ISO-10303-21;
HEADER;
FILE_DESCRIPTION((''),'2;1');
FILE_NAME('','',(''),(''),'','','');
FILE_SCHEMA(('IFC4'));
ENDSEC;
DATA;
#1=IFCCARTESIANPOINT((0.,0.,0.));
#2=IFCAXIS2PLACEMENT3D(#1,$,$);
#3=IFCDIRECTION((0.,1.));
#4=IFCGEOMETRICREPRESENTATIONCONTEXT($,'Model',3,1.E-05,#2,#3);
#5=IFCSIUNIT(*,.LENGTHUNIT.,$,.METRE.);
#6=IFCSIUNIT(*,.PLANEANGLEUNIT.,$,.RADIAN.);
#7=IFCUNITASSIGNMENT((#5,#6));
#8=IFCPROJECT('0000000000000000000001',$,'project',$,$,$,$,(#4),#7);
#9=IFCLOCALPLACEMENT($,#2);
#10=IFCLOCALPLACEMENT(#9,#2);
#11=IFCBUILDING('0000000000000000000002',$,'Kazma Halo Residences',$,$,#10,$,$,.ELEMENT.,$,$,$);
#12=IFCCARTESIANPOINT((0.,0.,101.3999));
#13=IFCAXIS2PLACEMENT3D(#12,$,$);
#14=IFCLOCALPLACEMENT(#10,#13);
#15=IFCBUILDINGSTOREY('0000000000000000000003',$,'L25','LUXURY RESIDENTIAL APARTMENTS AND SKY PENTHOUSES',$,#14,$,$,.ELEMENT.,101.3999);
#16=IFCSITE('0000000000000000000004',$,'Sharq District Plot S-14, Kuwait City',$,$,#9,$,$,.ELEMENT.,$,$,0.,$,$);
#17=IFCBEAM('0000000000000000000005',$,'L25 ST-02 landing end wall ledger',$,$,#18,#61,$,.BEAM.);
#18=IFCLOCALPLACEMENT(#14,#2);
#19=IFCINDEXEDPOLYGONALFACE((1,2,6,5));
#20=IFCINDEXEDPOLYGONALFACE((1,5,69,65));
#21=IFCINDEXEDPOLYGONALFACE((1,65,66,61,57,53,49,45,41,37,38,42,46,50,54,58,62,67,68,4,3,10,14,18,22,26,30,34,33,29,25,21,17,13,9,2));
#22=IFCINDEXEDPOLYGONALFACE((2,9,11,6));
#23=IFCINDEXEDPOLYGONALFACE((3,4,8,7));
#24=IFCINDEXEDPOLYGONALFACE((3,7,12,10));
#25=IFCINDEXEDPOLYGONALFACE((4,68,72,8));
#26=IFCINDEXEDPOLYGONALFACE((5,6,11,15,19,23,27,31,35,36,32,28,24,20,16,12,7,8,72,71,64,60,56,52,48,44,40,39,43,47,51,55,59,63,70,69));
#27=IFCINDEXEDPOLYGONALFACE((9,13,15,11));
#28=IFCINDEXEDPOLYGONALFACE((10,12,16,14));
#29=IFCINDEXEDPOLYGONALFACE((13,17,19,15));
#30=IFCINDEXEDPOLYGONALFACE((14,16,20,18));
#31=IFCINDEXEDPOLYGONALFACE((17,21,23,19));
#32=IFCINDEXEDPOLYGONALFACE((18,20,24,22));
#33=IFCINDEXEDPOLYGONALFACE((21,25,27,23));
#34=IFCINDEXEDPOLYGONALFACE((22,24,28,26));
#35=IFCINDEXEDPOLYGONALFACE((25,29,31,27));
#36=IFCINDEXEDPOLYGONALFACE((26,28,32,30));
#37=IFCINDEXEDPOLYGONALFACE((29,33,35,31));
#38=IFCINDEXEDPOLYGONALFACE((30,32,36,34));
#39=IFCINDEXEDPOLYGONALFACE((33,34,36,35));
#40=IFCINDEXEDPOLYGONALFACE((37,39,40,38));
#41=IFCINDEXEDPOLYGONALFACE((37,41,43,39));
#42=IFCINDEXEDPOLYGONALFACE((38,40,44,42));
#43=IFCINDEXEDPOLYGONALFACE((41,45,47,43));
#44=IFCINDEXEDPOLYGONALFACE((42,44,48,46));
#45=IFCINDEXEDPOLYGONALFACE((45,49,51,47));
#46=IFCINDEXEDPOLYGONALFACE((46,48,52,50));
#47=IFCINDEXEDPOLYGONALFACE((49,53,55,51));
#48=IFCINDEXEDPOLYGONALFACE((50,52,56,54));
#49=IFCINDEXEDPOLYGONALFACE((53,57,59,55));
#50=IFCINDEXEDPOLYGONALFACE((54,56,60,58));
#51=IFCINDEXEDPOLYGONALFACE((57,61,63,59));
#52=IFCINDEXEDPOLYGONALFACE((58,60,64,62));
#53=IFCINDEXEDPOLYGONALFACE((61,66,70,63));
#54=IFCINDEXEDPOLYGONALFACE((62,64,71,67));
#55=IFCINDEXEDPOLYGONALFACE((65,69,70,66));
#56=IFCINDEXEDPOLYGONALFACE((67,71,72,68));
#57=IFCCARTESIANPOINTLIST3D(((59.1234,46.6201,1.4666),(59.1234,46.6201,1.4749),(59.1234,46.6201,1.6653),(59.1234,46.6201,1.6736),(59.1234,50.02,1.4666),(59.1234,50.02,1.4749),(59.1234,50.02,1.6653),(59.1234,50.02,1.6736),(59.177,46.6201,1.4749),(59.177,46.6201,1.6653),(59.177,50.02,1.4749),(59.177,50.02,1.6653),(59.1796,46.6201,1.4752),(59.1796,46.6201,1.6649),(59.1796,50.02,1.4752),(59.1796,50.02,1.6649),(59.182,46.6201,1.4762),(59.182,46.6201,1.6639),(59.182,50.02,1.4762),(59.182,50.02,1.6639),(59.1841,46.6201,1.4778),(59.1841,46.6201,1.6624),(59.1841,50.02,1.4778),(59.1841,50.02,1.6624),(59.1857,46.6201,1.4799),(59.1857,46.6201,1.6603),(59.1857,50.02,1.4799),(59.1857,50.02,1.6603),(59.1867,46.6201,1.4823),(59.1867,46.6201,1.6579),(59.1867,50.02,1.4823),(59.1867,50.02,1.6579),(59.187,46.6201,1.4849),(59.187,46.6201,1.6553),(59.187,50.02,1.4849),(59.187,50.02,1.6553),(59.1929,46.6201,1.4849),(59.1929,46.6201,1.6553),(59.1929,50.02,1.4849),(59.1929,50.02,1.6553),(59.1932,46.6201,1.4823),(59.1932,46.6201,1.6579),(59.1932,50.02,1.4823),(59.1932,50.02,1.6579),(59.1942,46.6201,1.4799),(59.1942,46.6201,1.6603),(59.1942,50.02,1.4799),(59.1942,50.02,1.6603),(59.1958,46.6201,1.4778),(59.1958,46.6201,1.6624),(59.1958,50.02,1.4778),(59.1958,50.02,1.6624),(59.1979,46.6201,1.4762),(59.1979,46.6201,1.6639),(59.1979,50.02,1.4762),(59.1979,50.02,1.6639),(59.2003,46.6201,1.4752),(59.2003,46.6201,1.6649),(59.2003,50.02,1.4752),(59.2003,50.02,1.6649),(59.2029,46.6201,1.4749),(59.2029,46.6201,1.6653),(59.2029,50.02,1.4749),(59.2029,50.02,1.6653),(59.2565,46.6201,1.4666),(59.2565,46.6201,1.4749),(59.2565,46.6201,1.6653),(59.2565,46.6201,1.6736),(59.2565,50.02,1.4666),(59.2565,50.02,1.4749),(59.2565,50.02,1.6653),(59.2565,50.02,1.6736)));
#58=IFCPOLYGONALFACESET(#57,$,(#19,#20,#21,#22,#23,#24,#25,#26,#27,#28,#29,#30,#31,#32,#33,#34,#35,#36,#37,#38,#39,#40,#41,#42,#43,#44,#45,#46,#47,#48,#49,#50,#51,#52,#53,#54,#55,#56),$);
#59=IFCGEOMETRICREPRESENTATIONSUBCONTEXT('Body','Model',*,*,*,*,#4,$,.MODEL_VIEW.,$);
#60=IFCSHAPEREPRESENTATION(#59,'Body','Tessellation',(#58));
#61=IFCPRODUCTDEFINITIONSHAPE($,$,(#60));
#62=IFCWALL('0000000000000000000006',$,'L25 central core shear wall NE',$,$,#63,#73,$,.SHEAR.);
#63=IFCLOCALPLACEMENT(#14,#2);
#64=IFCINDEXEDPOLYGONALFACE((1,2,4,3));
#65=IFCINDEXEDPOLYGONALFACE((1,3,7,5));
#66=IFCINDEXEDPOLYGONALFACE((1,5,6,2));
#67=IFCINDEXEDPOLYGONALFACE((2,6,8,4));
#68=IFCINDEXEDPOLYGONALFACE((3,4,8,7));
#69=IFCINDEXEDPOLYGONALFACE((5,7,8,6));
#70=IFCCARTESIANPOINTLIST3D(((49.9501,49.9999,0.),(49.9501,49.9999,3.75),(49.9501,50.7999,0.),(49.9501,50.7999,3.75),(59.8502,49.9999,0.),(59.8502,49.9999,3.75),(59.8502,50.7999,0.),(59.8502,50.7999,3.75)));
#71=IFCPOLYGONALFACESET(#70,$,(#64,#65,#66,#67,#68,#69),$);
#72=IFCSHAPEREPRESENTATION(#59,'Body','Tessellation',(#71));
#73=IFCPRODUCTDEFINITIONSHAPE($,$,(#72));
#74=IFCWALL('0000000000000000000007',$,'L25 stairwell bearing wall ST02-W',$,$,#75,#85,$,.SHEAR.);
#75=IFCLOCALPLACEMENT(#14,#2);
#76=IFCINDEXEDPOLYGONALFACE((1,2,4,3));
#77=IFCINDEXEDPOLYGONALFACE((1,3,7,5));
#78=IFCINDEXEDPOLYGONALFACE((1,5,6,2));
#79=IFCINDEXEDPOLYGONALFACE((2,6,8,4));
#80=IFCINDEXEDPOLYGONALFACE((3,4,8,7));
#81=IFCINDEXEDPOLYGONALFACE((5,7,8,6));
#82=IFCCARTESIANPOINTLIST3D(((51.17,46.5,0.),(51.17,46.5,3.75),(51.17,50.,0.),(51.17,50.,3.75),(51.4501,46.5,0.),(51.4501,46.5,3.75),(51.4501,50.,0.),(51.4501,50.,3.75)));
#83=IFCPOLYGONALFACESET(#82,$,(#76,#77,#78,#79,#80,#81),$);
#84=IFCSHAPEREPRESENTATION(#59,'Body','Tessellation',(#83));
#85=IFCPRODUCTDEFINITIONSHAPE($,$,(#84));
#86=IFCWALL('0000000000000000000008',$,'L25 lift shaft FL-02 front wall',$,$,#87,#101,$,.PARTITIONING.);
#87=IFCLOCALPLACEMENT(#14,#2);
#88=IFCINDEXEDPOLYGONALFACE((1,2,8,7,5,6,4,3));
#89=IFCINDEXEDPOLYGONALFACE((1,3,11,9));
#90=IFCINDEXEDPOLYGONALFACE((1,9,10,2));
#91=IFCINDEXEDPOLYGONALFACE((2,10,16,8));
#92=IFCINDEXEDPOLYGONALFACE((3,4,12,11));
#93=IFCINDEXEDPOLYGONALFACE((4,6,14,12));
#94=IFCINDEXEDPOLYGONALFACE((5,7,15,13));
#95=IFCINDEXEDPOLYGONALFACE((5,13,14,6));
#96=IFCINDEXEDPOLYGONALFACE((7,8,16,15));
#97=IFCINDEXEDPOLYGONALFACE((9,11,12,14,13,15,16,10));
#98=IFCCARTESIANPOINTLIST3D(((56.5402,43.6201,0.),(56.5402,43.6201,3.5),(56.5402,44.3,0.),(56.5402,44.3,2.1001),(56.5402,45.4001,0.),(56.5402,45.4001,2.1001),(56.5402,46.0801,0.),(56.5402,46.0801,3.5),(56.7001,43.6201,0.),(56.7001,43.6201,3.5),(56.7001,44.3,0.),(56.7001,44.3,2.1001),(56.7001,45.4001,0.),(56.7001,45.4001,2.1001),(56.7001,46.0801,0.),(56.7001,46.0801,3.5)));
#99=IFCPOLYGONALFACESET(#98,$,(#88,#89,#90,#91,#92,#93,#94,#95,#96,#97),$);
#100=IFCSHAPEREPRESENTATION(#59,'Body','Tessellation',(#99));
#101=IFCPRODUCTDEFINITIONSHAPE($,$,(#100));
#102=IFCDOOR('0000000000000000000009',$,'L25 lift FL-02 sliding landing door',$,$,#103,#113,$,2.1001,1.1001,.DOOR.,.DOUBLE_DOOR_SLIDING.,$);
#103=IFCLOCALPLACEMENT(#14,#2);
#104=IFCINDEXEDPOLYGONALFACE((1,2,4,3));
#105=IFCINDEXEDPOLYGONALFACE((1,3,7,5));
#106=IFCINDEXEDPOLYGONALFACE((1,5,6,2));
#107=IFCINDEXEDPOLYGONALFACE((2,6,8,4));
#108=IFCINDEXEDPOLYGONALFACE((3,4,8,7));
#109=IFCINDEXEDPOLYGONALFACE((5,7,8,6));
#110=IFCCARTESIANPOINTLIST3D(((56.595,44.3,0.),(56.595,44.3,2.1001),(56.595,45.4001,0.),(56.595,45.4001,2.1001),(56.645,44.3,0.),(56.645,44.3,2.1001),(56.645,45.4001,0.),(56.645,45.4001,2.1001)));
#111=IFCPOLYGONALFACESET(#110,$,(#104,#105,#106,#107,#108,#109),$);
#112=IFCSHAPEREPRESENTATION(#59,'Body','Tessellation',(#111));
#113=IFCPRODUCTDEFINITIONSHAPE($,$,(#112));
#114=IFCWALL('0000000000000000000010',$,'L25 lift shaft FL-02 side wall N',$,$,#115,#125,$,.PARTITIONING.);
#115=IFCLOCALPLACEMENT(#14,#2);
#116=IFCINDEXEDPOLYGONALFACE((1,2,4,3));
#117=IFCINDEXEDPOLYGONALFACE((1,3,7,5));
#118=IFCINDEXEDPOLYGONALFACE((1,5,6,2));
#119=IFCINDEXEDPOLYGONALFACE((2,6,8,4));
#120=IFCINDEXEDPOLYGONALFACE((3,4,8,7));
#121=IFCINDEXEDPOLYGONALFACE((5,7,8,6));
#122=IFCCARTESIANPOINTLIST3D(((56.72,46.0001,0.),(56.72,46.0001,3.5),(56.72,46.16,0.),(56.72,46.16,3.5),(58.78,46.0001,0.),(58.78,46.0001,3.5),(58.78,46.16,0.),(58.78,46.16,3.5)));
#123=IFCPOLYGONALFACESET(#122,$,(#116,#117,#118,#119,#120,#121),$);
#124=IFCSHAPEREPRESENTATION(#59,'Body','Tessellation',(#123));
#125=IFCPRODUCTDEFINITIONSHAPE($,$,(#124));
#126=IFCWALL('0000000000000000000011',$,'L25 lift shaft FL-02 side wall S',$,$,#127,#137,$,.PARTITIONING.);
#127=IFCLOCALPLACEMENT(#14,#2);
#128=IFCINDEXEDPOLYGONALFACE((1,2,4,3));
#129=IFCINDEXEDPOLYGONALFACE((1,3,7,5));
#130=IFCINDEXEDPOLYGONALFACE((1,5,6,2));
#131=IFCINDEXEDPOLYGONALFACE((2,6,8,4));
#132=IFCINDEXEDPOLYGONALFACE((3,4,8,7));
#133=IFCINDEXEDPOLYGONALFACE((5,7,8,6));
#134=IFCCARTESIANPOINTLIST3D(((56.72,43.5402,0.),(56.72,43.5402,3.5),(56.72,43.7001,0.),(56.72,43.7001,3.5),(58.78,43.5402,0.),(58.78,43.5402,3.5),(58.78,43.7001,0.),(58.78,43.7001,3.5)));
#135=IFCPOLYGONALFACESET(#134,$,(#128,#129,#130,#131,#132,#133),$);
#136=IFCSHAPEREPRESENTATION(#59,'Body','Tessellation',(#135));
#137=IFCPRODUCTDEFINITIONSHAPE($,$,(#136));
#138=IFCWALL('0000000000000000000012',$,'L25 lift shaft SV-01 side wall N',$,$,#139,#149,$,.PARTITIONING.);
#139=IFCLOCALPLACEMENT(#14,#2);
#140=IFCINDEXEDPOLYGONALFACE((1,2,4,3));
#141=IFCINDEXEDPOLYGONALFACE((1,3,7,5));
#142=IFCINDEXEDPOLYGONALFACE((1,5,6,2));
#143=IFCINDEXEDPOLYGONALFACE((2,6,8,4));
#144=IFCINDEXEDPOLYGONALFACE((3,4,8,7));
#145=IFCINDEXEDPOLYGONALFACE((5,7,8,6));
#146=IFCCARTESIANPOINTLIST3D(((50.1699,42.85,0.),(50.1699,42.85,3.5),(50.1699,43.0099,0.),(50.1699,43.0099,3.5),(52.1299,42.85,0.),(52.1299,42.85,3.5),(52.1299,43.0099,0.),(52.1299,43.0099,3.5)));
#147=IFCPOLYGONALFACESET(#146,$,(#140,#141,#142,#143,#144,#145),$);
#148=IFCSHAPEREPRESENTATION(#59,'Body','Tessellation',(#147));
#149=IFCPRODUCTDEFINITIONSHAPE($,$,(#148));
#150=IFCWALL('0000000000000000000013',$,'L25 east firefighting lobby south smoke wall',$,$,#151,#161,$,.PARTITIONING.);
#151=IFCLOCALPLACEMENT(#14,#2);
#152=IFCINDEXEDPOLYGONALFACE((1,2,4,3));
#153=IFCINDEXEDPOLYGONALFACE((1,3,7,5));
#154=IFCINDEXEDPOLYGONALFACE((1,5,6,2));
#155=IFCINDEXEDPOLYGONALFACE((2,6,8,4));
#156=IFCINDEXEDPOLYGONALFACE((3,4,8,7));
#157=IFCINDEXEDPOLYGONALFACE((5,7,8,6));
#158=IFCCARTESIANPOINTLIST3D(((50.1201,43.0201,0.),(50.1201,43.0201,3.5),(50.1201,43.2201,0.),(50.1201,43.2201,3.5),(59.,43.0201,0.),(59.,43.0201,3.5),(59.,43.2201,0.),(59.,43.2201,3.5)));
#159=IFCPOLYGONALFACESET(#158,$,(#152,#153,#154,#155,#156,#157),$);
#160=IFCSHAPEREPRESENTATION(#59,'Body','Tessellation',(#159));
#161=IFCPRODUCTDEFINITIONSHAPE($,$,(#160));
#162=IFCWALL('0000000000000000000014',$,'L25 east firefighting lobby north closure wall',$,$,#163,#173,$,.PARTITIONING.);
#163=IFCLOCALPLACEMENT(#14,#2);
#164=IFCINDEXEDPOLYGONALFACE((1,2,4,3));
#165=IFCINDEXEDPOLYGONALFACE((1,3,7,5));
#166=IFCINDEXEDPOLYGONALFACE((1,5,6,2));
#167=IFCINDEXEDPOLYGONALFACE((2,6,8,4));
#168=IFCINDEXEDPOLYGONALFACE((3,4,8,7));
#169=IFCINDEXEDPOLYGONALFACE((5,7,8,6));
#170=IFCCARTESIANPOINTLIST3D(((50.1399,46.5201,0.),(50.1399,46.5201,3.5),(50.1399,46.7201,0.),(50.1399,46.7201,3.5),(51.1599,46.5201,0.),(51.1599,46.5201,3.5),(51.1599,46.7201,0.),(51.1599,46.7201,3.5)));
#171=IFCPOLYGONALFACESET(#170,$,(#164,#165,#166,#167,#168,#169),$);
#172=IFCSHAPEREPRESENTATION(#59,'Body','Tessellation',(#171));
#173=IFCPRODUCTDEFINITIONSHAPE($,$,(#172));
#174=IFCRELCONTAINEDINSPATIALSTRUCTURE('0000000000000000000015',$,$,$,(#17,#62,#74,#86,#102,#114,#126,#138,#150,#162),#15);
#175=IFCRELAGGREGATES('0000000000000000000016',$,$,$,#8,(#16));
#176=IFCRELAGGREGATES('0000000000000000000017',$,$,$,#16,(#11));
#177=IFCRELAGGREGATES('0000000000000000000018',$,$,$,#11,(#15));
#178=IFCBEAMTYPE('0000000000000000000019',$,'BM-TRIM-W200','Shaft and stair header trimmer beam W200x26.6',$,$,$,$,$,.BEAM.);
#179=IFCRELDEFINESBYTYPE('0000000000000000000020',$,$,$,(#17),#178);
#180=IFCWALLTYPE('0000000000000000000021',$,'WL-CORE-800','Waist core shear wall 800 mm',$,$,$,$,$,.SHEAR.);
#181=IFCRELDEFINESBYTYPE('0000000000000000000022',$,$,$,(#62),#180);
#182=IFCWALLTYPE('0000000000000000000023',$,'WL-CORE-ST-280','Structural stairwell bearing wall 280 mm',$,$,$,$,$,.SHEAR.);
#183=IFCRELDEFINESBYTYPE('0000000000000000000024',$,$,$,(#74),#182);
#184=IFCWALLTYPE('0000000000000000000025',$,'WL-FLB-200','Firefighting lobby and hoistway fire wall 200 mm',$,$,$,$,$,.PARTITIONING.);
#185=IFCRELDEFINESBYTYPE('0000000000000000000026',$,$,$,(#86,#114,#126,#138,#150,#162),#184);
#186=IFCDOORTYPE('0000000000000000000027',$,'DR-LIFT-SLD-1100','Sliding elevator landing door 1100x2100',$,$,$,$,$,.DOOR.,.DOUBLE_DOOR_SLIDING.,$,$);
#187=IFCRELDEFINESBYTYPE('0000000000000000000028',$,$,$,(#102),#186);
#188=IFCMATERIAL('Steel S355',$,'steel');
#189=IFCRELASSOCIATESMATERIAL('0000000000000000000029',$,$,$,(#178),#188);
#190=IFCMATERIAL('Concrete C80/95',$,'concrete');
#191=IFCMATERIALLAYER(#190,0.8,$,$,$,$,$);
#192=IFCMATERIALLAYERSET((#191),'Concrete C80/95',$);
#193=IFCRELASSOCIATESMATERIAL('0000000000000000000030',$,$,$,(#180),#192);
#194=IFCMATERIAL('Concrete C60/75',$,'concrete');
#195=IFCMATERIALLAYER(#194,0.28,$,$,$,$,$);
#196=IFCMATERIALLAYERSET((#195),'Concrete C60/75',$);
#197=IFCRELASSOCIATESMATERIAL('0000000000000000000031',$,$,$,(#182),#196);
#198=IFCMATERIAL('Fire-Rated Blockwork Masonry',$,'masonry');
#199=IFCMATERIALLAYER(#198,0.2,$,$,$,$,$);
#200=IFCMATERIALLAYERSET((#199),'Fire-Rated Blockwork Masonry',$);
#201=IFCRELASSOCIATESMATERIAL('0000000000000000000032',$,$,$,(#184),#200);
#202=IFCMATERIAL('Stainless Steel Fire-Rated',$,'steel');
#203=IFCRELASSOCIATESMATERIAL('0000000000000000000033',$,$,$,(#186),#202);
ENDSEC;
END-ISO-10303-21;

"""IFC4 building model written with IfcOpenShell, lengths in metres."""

from ifc_helpers import new_model, si_unit, direction, frame, frame_2d, origin, origin_2d, place, context, subcontext, project, spatial, rectangle, i_section, extrude, material, layer, layer_set, material_profile, profile_set, type_object, element, fill, save


model = new_model("IFC4")

# Units and contexts
model_context = context("Model", 3, precision=1e-05, world=origin(), true_north=direction((0.0, 1.0)))
body_context = subcontext(model_context, "Body", "Model", "MODEL_VIEW")
ifc_project = project(units=[si_unit("LENGTHUNIT", "METRE"), si_unit("PLANEANGLEUNIT", "RADIAN")], contexts=[model_context])

# Site, building, storey
site_placement = place(None, origin())
site = spatial("IfcSite", under=ifc_project, at=site_placement, Name="Sharq District Plot S-14, Kuwait City", CompositionType="ELEMENT", RefElevation=0.0)
building_placement = place(site_placement, origin())
building = spatial("IfcBuilding", under=site, at=building_placement, Name="Kazma Halo Residences", CompositionType="ELEMENT")
storey_placement = place(building_placement, frame((0.0, 0.0, 101.3999)))
storey = spatial("IfcBuildingStorey", under=building, at=storey_placement, Name="L25", Description="LUXURY RESIDENTIAL APARTMENTS AND SKY PENTHOUSES", CompositionType="ELEMENT", Elevation=101.3999)

# Shared definitions
ifc_material_1 = material(Name="Steel S355", Category="steel")

# Beam
ifc_material_profile_1 = material_profile(ifc_material_1, i_section(OverallWidth=0.1331, OverallDepth=0.207, WebThickness=0.0059, FlangeThickness=0.0083, FilletRadius=0.01, at=origin_2d()), Name="W200x26.6")
ifc_profile_set_1 = profile_set([ifc_material_profile_1], Name="Steel S355")
beam_type_1 = type_object("IfcBeamType", Name="BM-TRIM-W200", Description="Shaft and stair header trimmer beam W200x26.6", PredefinedType="BEAM", material=ifc_profile_set_1)
beam_1_placement = place(storey_placement, frame((59.1899, 46.6201, 1.5701), z_axis=(0.0, 1.0, 0.0), x_axis=(-1.0, 0.0, 0.0)))
element("IfcBeam", 1, at=beam_1_placement, inside=storey, type_object=beam_type_1, Name="L25 ST-02 landing end wall ledger", PredefinedType="BEAM", context=body_context, shape_type="SweptSolid", body=[
    extrude(i_section(OverallWidth=0.1331, OverallDepth=0.207, WebThickness=0.0059, FlangeThickness=0.0083, FilletRadius=0.01, at=origin_2d()), origin(), (0.0, 0.0, 1.0), 3.3999),
])

# Walls
ifc_material_2 = material(Name="Concrete C80/95", Category="concrete")
ifc_layer_1 = layer(ifc_material_2, 0.8)
ifc_layer_set_1 = layer_set([ifc_layer_1], Name="Concrete C80/95")
wall_type_1 = type_object("IfcWallType", Name="WL-CORE-800", Description="Waist core shear wall 800 mm", PredefinedType="SHEAR", material=ifc_layer_set_1)
wall_1_placement = place(storey_placement, frame((49.95, 50.3999, 0.0), z_axis=(0.0, 0.0, 1.0), x_axis=(1.0, 0.0, 0.0)))
element("IfcWall", 2, at=wall_1_placement, inside=storey, type_object=wall_type_1, Name="L25 central core shear wall NE", PredefinedType="SHEAR", context=body_context, shape_type="SweptSolid", body=[
    extrude(rectangle(XDim=9.9001, YDim=0.8, at=frame_2d((4.9502, 0.0))), origin(), (0.0, 0.0, 1.0), 3.75),
])
ifc_material_3 = material(Name="Concrete C60/75", Category="concrete")
ifc_layer_2 = layer(ifc_material_3, 0.28)
ifc_layer_set_2 = layer_set([ifc_layer_2], Name="Concrete C60/75")
wall_type_2 = type_object("IfcWallType", Name="WL-CORE-ST-280", Description="Structural stairwell bearing wall 280 mm", PredefinedType="SHEAR", material=ifc_layer_set_2)
wall_2_placement = place(storey_placement, frame((51.3101, 46.5, 0.0), z_axis=(0.0, 0.0, 1.0), x_axis=(0.0, 1.0, 0.0)))
element("IfcWall", 3, at=wall_2_placement, inside=storey, type_object=wall_type_2, Name="L25 stairwell bearing wall ST02-W", PredefinedType="SHEAR", context=body_context, shape_type="SweptSolid", body=[
    extrude(rectangle(XDim=3.5, YDim=0.28, at=frame_2d((1.75, 0.0))), origin(), (0.0, 0.0, 1.0), 3.75),
])

# Wall, opening, door
ifc_material_4 = material(Name="Fire-Rated Blockwork Masonry", Category="masonry")
ifc_layer_3 = layer(ifc_material_4, 0.2)
ifc_layer_set_3 = layer_set([ifc_layer_3], Name="Fire-Rated Blockwork Masonry")
wall_type_3 = type_object("IfcWallType", Name="WL-FLB-200", Description="Firefighting lobby and hoistway fire wall 200 mm", PredefinedType="PARTITIONING", material=ifc_layer_set_3)
wall_3_placement = place(storey_placement, frame((56.6201, 46.0801, 0.0), z_axis=(0.0, 0.0, 1.0), x_axis=(0.0, -1.0, 0.0)))
wall_3 = element("IfcWall", 4, at=wall_3_placement, inside=storey, type_object=wall_type_3, Name="L25 lift shaft FL-02 front wall", PredefinedType="PARTITIONING", context=body_context, shape_type="SweptSolid", body=[
    extrude(rectangle(XDim=2.46, YDim=0.1599, at=frame_2d((1.23, 0.0))), origin(), (0.0, 0.0, 1.0), 3.5),
])
opening_1_placement = place(wall_3_placement, frame((0.6799, 0.0, 0.0)))
opening_1 = element("IfcOpeningElement", 5, at=opening_1_placement, cuts=wall_3, PredefinedType="OPENING", context=body_context, shape_type="SweptSolid", body=[
    extrude(rectangle(XDim=1.1001, YDim=2.1001, at=frame_2d((0.55, 1.05))), frame((0.0, 0.0898, 0.0), z_axis=(0.0, -1.0, 0.0), x_axis=(1.0, 0.0, 0.0)), (0.0, 0.0, 1.0), 0.1799),
])
ifc_material_5 = material(Name="Stainless Steel Fire-Rated", Category="steel")
door_type_1 = type_object("IfcDoorType", Name="DR-LIFT-SLD-1100", Description="Sliding elevator landing door 1100x2100", OperationType="DOUBLE_DOOR_SLIDING", PredefinedType="DOOR", material=ifc_material_5)
door_1_placement = place(opening_1_placement, origin())
door_1 = element("IfcDoor", 6, at=door_1_placement, inside=storey, type_object=door_type_1, Name="L25 lift FL-02 sliding landing door", OperationType="DOUBLE_DOOR_SLIDING", OverallHeight=2.1001, OverallWidth=1.1001, PredefinedType="DOOR", context=body_context, shape_type="SweptSolid", body=[
    extrude(rectangle(XDim=1.1001, YDim=2.1001, at=frame_2d((0.55, 1.05))), frame((0.0, 0.0249, 0.0), z_axis=(0.0, -1.0, 0.0), x_axis=(1.0, 0.0, 0.0)), (0.0, 0.0, 1.0), 0.05),
])
fill(opening_1, door_1)

# Walls
for number, where, z_axis, x_axis, name in (
    (7, (56.72, 46.0801, 0.0), (0.0, 0.0, 1.0), (1.0, 0.0, 0.0), "L25 lift shaft FL-02 side wall N"),
    (8, (56.72, 43.6201, 0.0), (0.0, 0.0, 1.0), (1.0, 0.0, 0.0), "L25 lift shaft FL-02 side wall S"),
):
    element("IfcWall", number, at=place(storey_placement, frame(where, z_axis=z_axis, x_axis=x_axis)), inside=storey, type_object=wall_type_3, Name=name, PredefinedType="PARTITIONING", context=body_context, shape_type="SweptSolid", body=[
        extrude(rectangle(XDim=2.0601, YDim=0.1599, at=frame_2d((1.03, 0.0))), origin(), (0.0, 0.0, 1.0), 3.5),
    ])
wall_4_placement = place(storey_placement, frame((50.1699, 42.9299, 0.0), z_axis=(0.0, 0.0, 1.0), x_axis=(1.0, 0.0, 0.0)))
element("IfcWall", 9, at=wall_4_placement, inside=storey, type_object=wall_type_3, Name="L25 lift shaft SV-01 side wall N", PredefinedType="PARTITIONING", context=body_context, shape_type="SweptSolid", body=[
    extrude(rectangle(XDim=1.96, YDim=0.1599, at=frame_2d((0.98, 0.0))), origin(), (0.0, 0.0, 1.0), 3.5),
])
wall_5_placement = place(storey_placement, frame((50.1201, 43.1201, 0.0), z_axis=(0.0, 0.0, 1.0), x_axis=(1.0, 0.0, 0.0)))
element("IfcWall", 10, at=wall_5_placement, inside=storey, type_object=wall_type_3, Name="L25 east firefighting lobby south smoke wall", PredefinedType="PARTITIONING", context=body_context, shape_type="SweptSolid", body=[
    extrude(rectangle(XDim=8.8799, YDim=0.2, at=frame_2d((4.4399, 0.0))), origin(), (0.0, 0.0, 1.0), 3.5),
])
wall_6_placement = place(storey_placement, frame((50.1399, 46.6201, 0.0), z_axis=(0.0, 0.0, 1.0), x_axis=(1.0, 0.0, 0.0)))
element("IfcWall", 11, at=wall_6_placement, inside=storey, type_object=wall_type_3, Name="L25 east firefighting lobby north closure wall", PredefinedType="PARTITIONING", context=body_context, shape_type="SweptSolid", body=[
    extrude(rectangle(XDim=1.02, YDim=0.2, at=frame_2d((0.51, 0.0))), origin(), (0.0, 0.0, 1.0), 3.5),
])

save(model, "model.ifc")
